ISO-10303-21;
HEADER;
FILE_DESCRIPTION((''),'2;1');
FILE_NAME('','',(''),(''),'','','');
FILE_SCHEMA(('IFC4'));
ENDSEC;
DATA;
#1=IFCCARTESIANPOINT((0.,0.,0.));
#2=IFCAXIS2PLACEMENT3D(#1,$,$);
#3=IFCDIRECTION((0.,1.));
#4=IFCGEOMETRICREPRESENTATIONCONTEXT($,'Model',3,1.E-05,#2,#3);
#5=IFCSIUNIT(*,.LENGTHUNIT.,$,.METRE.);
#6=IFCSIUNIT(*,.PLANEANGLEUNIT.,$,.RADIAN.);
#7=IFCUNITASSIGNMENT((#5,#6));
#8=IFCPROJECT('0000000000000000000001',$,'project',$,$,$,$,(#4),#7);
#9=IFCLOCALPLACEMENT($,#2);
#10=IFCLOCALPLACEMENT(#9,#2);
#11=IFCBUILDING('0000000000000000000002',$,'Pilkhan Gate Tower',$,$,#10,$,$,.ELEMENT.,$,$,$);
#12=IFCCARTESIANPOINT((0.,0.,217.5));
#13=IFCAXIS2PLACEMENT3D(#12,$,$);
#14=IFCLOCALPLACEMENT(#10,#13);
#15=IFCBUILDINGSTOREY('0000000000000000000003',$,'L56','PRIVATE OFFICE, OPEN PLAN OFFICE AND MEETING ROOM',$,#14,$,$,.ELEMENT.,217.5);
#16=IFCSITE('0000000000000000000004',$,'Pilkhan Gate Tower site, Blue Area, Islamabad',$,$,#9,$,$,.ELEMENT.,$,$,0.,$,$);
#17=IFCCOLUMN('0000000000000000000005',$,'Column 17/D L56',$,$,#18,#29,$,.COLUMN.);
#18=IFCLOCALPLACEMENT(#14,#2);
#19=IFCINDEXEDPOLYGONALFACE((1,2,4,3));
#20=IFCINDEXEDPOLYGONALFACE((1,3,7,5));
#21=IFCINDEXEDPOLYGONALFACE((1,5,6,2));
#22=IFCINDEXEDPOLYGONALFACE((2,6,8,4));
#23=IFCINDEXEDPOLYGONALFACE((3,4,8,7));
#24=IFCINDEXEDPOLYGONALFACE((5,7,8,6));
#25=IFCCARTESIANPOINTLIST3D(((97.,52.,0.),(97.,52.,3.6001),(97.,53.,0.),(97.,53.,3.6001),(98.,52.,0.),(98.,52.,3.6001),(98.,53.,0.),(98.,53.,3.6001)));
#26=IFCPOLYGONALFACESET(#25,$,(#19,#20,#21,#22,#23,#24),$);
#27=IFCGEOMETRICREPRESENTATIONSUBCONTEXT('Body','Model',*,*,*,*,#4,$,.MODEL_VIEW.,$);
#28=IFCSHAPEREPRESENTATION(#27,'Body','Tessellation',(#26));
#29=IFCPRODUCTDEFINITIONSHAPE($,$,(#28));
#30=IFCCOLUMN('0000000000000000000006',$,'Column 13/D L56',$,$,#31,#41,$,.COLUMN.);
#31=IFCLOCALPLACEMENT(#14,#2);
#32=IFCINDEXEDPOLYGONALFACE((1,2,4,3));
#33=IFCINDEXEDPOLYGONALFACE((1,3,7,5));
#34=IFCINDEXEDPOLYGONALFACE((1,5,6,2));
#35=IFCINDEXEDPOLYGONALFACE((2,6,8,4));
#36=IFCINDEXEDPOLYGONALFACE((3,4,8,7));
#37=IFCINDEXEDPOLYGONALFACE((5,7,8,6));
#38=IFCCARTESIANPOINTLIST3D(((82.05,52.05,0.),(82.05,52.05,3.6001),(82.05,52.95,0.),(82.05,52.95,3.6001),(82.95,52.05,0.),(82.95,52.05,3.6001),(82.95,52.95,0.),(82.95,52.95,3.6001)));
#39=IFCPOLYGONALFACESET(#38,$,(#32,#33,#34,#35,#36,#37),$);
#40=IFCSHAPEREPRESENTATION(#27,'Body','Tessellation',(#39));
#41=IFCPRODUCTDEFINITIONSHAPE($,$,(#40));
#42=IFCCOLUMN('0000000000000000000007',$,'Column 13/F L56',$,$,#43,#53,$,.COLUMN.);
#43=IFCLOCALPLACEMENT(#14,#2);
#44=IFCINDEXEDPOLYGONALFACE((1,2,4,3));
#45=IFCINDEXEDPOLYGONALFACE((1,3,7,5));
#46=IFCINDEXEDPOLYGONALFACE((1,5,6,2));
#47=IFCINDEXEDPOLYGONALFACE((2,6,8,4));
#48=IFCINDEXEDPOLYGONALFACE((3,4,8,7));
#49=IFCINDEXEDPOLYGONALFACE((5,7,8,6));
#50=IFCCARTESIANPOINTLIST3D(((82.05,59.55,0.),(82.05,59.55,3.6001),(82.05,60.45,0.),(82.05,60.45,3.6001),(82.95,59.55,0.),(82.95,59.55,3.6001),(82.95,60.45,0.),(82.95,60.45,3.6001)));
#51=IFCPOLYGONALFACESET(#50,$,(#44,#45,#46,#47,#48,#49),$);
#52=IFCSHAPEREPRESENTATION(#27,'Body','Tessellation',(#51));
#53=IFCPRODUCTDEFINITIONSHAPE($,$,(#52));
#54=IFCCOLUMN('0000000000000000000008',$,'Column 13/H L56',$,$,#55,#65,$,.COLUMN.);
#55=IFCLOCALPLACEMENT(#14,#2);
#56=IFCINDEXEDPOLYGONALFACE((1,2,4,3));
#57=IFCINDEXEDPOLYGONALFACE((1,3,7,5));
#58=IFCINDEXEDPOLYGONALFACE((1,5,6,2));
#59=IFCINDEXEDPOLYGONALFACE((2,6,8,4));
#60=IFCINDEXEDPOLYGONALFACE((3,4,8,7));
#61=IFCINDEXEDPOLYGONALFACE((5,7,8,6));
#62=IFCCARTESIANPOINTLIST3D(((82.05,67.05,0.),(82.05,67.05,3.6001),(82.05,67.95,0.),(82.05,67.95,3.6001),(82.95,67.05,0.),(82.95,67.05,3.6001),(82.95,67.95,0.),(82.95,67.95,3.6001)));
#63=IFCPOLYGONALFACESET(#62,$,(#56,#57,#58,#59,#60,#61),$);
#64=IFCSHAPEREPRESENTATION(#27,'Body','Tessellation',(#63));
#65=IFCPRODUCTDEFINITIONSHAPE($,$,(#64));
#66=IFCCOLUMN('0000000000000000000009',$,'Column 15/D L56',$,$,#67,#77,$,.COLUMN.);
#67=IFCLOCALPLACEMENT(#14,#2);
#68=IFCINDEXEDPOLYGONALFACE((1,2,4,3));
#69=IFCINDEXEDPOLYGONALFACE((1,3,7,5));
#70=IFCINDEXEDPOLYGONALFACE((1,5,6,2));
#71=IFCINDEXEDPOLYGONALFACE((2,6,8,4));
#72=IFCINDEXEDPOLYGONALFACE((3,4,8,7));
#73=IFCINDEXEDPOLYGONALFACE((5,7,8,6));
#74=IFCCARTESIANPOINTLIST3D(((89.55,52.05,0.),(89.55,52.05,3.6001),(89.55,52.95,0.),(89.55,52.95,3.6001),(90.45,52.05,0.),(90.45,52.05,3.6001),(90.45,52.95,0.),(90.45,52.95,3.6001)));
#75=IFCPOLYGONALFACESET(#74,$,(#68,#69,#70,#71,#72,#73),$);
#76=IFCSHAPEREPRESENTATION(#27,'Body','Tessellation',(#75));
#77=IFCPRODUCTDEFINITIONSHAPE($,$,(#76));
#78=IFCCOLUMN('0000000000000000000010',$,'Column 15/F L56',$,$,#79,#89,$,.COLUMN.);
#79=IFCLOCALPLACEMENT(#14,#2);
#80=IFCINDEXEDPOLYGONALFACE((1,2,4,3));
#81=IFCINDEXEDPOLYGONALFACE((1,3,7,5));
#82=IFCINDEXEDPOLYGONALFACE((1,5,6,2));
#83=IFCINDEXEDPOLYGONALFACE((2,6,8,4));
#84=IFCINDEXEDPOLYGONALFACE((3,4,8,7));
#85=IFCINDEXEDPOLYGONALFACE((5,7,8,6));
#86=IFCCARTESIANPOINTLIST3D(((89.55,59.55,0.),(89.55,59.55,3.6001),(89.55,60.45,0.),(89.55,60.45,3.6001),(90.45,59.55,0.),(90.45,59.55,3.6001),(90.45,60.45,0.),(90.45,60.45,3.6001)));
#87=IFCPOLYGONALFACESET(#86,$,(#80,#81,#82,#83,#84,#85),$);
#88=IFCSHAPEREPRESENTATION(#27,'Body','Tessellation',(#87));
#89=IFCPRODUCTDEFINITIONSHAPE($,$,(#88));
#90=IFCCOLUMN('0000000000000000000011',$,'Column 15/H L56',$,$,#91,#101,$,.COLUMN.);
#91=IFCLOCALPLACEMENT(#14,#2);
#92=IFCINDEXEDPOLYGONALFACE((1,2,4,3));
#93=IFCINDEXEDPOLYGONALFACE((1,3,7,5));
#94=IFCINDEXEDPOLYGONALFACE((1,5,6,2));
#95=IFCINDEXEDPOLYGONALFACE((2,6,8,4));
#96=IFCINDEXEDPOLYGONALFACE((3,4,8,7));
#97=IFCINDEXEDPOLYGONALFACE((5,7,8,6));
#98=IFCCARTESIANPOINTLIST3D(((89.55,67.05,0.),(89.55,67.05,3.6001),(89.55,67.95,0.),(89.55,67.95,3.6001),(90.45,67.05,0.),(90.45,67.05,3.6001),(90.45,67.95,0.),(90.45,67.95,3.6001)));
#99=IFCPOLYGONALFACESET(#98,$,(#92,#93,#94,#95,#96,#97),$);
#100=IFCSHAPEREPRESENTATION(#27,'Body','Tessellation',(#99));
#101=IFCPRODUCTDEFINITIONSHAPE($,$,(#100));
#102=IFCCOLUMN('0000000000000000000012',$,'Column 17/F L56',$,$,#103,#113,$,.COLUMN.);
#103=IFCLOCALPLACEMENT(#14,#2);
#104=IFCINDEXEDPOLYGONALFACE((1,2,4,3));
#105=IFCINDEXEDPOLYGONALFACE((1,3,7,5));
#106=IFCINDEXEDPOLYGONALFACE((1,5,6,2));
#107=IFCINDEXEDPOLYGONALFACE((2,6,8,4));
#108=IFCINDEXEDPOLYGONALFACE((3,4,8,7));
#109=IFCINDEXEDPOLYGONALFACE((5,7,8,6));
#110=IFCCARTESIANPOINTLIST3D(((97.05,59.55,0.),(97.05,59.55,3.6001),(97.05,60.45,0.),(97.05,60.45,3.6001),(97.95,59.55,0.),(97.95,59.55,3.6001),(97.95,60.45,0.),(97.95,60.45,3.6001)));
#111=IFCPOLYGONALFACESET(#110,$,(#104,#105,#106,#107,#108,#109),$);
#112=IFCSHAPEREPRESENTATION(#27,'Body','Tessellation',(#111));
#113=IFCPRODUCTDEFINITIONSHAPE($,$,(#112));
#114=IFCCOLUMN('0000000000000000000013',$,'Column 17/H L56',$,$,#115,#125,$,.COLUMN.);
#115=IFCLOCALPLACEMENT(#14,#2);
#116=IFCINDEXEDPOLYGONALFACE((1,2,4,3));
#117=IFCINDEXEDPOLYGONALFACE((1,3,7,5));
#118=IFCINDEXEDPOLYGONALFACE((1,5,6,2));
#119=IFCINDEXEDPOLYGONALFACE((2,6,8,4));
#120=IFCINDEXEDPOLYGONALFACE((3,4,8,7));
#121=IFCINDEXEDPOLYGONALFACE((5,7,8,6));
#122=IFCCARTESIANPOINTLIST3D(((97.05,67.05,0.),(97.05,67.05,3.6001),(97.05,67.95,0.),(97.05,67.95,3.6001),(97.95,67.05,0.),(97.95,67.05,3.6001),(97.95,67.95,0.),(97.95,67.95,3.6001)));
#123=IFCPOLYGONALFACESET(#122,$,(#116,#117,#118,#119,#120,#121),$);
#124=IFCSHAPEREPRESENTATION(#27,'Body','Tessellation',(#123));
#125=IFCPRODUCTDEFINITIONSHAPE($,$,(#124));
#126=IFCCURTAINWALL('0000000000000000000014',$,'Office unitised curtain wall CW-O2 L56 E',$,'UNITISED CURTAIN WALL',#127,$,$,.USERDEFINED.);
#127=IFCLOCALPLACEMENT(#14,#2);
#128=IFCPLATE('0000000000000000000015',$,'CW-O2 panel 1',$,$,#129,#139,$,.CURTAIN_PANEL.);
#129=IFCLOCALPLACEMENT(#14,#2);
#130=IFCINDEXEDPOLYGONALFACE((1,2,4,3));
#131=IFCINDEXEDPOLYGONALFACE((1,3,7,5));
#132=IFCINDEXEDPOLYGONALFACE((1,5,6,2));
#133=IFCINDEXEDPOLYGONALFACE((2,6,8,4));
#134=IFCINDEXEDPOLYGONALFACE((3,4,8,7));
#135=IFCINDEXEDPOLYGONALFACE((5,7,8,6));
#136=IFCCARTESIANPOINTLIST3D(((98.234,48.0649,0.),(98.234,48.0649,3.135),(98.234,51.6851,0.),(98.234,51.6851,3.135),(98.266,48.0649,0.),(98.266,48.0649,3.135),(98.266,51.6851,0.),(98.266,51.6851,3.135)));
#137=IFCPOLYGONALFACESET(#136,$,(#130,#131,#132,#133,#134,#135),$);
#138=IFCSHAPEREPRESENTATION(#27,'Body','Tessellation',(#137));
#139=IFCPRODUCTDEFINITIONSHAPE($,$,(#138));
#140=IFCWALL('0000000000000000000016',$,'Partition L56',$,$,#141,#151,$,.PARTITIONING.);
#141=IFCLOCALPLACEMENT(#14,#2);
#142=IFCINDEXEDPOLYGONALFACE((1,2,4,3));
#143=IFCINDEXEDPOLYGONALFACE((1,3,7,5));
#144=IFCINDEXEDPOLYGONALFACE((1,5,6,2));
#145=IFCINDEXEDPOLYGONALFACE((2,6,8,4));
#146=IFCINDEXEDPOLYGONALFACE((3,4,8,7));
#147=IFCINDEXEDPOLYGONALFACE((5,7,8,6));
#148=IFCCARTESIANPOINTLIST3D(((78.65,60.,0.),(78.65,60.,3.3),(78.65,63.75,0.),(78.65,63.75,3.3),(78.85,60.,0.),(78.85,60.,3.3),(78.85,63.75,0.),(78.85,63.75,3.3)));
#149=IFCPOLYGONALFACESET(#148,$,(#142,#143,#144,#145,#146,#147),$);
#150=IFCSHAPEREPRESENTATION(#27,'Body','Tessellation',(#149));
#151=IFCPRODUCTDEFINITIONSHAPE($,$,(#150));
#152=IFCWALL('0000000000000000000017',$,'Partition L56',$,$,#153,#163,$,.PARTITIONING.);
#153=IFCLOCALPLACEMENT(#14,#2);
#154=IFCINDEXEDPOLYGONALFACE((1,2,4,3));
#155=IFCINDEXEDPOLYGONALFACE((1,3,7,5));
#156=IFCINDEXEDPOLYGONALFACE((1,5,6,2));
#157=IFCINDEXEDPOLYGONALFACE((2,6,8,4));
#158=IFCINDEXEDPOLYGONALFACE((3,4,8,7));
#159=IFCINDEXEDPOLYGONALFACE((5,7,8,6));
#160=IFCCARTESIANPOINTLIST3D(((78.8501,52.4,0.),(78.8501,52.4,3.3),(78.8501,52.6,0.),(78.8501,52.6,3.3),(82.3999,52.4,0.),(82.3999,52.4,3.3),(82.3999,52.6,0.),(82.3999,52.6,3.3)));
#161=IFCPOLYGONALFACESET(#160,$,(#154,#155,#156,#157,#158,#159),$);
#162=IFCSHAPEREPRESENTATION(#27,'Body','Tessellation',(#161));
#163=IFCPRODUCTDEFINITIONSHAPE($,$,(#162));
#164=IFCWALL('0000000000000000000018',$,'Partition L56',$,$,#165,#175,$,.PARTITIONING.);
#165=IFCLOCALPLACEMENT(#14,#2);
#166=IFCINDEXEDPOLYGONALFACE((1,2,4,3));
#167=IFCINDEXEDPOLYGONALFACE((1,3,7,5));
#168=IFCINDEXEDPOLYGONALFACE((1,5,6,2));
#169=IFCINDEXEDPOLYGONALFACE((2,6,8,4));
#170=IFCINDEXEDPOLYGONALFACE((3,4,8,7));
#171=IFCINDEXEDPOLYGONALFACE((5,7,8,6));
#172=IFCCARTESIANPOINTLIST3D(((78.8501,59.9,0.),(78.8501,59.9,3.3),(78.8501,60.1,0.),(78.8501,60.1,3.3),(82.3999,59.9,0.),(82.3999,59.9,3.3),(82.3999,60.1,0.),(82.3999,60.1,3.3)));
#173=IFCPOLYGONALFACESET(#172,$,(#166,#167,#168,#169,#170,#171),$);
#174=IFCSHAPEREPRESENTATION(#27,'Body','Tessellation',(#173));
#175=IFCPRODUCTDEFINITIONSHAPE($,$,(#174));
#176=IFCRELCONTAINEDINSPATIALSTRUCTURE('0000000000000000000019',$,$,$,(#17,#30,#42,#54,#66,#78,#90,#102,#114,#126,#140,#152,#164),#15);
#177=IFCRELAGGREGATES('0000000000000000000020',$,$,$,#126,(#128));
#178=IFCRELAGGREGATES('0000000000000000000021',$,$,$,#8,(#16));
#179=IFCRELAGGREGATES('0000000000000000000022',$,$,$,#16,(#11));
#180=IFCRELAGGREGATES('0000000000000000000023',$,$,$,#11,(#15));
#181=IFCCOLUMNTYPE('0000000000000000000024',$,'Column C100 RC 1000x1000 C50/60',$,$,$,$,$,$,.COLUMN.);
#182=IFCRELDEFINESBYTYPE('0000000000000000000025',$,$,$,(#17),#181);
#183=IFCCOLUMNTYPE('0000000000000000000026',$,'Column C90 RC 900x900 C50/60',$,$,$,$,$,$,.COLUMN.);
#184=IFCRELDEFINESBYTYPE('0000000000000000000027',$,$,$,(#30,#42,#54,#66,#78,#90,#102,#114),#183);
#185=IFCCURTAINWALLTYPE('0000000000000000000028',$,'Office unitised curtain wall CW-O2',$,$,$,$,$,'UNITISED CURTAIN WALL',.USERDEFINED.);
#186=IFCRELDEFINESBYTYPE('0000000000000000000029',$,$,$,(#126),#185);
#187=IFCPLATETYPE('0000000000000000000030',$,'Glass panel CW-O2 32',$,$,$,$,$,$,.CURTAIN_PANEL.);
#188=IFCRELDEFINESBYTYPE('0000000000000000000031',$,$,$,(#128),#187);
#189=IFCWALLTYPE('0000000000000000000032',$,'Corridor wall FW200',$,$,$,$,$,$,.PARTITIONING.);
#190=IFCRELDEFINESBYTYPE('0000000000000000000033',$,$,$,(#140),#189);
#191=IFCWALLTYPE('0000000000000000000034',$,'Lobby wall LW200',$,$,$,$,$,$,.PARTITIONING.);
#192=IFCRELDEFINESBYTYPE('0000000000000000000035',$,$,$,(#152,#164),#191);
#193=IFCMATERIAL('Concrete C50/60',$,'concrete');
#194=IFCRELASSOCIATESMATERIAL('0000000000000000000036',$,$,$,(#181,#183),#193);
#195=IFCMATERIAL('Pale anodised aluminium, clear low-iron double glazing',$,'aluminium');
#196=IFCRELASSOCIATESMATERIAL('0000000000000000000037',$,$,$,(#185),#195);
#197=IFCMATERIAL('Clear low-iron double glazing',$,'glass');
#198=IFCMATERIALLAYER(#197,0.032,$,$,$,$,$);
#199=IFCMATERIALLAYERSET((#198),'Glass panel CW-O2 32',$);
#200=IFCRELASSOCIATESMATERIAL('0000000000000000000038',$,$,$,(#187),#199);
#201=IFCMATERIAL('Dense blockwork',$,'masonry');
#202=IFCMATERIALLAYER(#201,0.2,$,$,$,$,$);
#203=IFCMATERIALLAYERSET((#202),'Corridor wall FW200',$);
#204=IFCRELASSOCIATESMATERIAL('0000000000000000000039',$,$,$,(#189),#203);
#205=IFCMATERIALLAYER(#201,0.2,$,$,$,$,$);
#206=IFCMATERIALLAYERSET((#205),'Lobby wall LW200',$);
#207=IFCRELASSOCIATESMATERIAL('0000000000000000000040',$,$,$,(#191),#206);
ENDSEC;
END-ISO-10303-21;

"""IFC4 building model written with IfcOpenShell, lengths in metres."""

from ifc_helpers import new_model, si_unit, direction, frame, frame_2d, origin, origin_2d, place, context, subcontext, project, spatial, rectangle, extrude, material, layer, layer_set, material_profile, profile_set, type_object, element, aggregate, save


model = new_model("IFC4")

# Units and contexts
model_context = context("Model", 3, precision=1e-05, world=origin(), true_north=direction((0.0, 1.0)))
body_context = subcontext(model_context, "Body", "Model", "MODEL_VIEW")
ifc_project = project(units=[si_unit("LENGTHUNIT", "METRE"), si_unit("PLANEANGLEUNIT", "RADIAN")], contexts=[model_context])

# Site, building, storey
site_placement = place(None, origin())
site = spatial("IfcSite", under=ifc_project, at=site_placement, Name="Pilkhan Gate Tower site, Blue Area, Islamabad", CompositionType="ELEMENT", RefElevation=0.0)
building_placement = place(site_placement, origin())
building = spatial("IfcBuilding", under=site, at=building_placement, Name="Pilkhan Gate Tower", CompositionType="ELEMENT")
storey_placement = place(building_placement, frame((0.0, 0.0, 217.5)))
storey = spatial("IfcBuildingStorey", under=building, at=storey_placement, Name="L56", Description="PRIVATE OFFICE, OPEN PLAN OFFICE AND MEETING ROOM", CompositionType="ELEMENT", Elevation=217.5)

# Columns
ifc_material_1 = material(Name="Concrete C50/60", Category="concrete")
ifc_material_profile_1 = material_profile(ifc_material_1, rectangle(XDim=1.0, YDim=1.0, at=origin_2d()), Name="RC 1000x1000")
ifc_profile_set_1 = profile_set([ifc_material_profile_1], Name="Concrete C50/60")
column_type_1 = type_object("IfcColumnType", Name="Column C100 RC 1000x1000 C50/60", PredefinedType="COLUMN", material=ifc_profile_set_1)
column_placement = place(storey_placement, frame((97.5, 52.5, 0.0), z_axis=(0.0, 0.0, 1.0), x_axis=(1.0, 0.0, 0.0)))
element("IfcColumn", 1, at=column_placement, inside=storey, type_object=column_type_1, Name="Column 17/D L56", PredefinedType="COLUMN", context=body_context, shape_type="SweptSolid", body=[
    extrude(rectangle(XDim=1.0, YDim=1.0, at=origin_2d()), origin(), (0.0, 0.0, 1.0), 3.6001),
])
ifc_material_profile_2 = material_profile(ifc_material_1, rectangle(XDim=0.8999, YDim=0.8999, at=origin_2d()), Name="RC 900x900")
ifc_profile_set_2 = profile_set([ifc_material_profile_2], Name="Concrete C50/60")
column_type_2 = type_object("IfcColumnType", Name="Column C90 RC 900x900 C50/60", PredefinedType="COLUMN", material=ifc_profile_set_2)
for number, where, z_axis, x_axis, name in (
    (2, (82.5, 52.5, 0.0), (0.0, 0.0, 1.0), (1.0, 0.0, 0.0), "Column 13/D L56"),
    (3, (82.5, 60.0, 0.0), (0.0, 0.0, 1.0), (1.0, 0.0, 0.0), "Column 13/F L56"),
    (4, (82.5, 67.5, 0.0), (0.0, 0.0, 1.0), (1.0, 0.0, 0.0), "Column 13/H L56"),
    (5, (90.0, 52.5, 0.0), (0.0, 0.0, 1.0), (1.0, 0.0, 0.0), "Column 15/D L56"),
    (6, (90.0, 60.0, 0.0), (0.0, 0.0, 1.0), (1.0, 0.0, 0.0), "Column 15/F L56"),
    (7, (90.0, 67.5, 0.0), (0.0, 0.0, 1.0), (1.0, 0.0, 0.0), "Column 15/H L56"),
    (8, (97.5, 60.0, 0.0), (0.0, 0.0, 1.0), (1.0, 0.0, 0.0), "Column 17/F L56"),
    (9, (97.5, 67.5, 0.0), (0.0, 0.0, 1.0), (1.0, 0.0, 0.0), "Column 17/H L56"),
):
    element("IfcColumn", number, at=place(storey_placement, frame(where, z_axis=z_axis, x_axis=x_axis)), inside=storey, type_object=column_type_2, Name=name, PredefinedType="COLUMN", context=body_context, shape_type="SweptSolid", body=[
        extrude(rectangle(XDim=0.8999, YDim=0.8999, at=origin_2d()), origin(), (0.0, 0.0, 1.0), 3.6001),
    ])

# Curtain wall, plate
ifc_material_2 = material(Name="Pale anodised aluminium, clear low-iron double glazing", Category="aluminium")
curtain_wall_type = type_object("IfcCurtainWallType", Name="Office unitised curtain wall CW-O2", ElementType="UNITISED CURTAIN WALL", PredefinedType="USERDEFINED", material=ifc_material_2)
curtain_wall_placement = place(storey_placement, origin())
curtain_wall = element("IfcCurtainWall", 10, at=curtain_wall_placement, inside=storey, type_object=curtain_wall_type, Name="Office unitised curtain wall CW-O2 L56 E", ObjectType="UNITISED CURTAIN WALL", PredefinedType="USERDEFINED")
ifc_material_3 = material(Name="Clear low-iron double glazing", Category="glass")
ifc_layer_1 = layer(ifc_material_3, 0.032)
ifc_layer_set_1 = layer_set([ifc_layer_1], Name="Glass panel CW-O2 32")
plate_type = type_object("IfcPlateType", Name="Glass panel CW-O2 32", PredefinedType="CURTAIN_PANEL", material=ifc_layer_set_1)
plate_placement = place(storey_placement, frame((98.25, 49.875, 0.0), z_axis=(0.0, 0.0, 1.0), x_axis=(0.0, 1.0, 0.0)))
plate = element("IfcPlate", 11, at=plate_placement, type_object=plate_type, Name="CW-O2 panel 1", PredefinedType="CURTAIN_PANEL", context=body_context, shape_type="SweptSolid", body=[
    extrude(rectangle(XDim=3.6201, YDim=0.032, at=origin_2d()), origin(), (0.0, 0.0, 1.0), 3.135),
])
aggregate(curtain_wall, [plate])

# Walls
ifc_material_4 = material(Name="Dense blockwork", Category="masonry")
ifc_layer_2 = layer(ifc_material_4, 0.2)
ifc_layer_set_2 = layer_set([ifc_layer_2], Name="Corridor wall FW200")
wall_type_1 = type_object("IfcWallType", Name="Corridor wall FW200", PredefinedType="PARTITIONING", material=ifc_layer_set_2)
wall_1_placement = place(storey_placement, frame((78.75, 60.0, 0.0), z_axis=(0.0, 0.0, 1.0), x_axis=(0.0, 1.0, 0.0)))
element("IfcWall", 12, at=wall_1_placement, inside=storey, type_object=wall_type_1, Name="Partition L56", PredefinedType="PARTITIONING", context=body_context, shape_type="SweptSolid", body=[
    extrude(rectangle(XDim=3.75, YDim=0.2, at=frame_2d((1.875, 0.0))), origin(), (0.0, 0.0, 1.0), 3.3),
])
ifc_layer_3 = layer(ifc_material_4, 0.2)
ifc_layer_set_3 = layer_set([ifc_layer_3], Name="Lobby wall LW200")
wall_type_2 = type_object("IfcWallType", Name="Lobby wall LW200", PredefinedType="PARTITIONING", material=ifc_layer_set_3)
for number, where, z_axis, x_axis, name in (
    (13, (78.8501, 52.5, 0.0), (0.0, 0.0, 1.0), (1.0, 0.0, 0.0), "Partition L56"),
    (14, (78.8501, 60.0, 0.0), (0.0, 0.0, 1.0), (1.0, 0.0, 0.0), "Partition L56"),
):
    element("IfcWall", number, at=place(storey_placement, frame(where, z_axis=z_axis, x_axis=x_axis)), inside=storey, type_object=wall_type_2, Name=name, PredefinedType="PARTITIONING", context=body_context, shape_type="SweptSolid", body=[
        extrude(rectangle(XDim=3.5498, YDim=0.2, at=frame_2d((1.7749, 0.0))), origin(), (0.0, 0.0, 1.0), 3.3),
    ])

save(model, "model.ifc")
